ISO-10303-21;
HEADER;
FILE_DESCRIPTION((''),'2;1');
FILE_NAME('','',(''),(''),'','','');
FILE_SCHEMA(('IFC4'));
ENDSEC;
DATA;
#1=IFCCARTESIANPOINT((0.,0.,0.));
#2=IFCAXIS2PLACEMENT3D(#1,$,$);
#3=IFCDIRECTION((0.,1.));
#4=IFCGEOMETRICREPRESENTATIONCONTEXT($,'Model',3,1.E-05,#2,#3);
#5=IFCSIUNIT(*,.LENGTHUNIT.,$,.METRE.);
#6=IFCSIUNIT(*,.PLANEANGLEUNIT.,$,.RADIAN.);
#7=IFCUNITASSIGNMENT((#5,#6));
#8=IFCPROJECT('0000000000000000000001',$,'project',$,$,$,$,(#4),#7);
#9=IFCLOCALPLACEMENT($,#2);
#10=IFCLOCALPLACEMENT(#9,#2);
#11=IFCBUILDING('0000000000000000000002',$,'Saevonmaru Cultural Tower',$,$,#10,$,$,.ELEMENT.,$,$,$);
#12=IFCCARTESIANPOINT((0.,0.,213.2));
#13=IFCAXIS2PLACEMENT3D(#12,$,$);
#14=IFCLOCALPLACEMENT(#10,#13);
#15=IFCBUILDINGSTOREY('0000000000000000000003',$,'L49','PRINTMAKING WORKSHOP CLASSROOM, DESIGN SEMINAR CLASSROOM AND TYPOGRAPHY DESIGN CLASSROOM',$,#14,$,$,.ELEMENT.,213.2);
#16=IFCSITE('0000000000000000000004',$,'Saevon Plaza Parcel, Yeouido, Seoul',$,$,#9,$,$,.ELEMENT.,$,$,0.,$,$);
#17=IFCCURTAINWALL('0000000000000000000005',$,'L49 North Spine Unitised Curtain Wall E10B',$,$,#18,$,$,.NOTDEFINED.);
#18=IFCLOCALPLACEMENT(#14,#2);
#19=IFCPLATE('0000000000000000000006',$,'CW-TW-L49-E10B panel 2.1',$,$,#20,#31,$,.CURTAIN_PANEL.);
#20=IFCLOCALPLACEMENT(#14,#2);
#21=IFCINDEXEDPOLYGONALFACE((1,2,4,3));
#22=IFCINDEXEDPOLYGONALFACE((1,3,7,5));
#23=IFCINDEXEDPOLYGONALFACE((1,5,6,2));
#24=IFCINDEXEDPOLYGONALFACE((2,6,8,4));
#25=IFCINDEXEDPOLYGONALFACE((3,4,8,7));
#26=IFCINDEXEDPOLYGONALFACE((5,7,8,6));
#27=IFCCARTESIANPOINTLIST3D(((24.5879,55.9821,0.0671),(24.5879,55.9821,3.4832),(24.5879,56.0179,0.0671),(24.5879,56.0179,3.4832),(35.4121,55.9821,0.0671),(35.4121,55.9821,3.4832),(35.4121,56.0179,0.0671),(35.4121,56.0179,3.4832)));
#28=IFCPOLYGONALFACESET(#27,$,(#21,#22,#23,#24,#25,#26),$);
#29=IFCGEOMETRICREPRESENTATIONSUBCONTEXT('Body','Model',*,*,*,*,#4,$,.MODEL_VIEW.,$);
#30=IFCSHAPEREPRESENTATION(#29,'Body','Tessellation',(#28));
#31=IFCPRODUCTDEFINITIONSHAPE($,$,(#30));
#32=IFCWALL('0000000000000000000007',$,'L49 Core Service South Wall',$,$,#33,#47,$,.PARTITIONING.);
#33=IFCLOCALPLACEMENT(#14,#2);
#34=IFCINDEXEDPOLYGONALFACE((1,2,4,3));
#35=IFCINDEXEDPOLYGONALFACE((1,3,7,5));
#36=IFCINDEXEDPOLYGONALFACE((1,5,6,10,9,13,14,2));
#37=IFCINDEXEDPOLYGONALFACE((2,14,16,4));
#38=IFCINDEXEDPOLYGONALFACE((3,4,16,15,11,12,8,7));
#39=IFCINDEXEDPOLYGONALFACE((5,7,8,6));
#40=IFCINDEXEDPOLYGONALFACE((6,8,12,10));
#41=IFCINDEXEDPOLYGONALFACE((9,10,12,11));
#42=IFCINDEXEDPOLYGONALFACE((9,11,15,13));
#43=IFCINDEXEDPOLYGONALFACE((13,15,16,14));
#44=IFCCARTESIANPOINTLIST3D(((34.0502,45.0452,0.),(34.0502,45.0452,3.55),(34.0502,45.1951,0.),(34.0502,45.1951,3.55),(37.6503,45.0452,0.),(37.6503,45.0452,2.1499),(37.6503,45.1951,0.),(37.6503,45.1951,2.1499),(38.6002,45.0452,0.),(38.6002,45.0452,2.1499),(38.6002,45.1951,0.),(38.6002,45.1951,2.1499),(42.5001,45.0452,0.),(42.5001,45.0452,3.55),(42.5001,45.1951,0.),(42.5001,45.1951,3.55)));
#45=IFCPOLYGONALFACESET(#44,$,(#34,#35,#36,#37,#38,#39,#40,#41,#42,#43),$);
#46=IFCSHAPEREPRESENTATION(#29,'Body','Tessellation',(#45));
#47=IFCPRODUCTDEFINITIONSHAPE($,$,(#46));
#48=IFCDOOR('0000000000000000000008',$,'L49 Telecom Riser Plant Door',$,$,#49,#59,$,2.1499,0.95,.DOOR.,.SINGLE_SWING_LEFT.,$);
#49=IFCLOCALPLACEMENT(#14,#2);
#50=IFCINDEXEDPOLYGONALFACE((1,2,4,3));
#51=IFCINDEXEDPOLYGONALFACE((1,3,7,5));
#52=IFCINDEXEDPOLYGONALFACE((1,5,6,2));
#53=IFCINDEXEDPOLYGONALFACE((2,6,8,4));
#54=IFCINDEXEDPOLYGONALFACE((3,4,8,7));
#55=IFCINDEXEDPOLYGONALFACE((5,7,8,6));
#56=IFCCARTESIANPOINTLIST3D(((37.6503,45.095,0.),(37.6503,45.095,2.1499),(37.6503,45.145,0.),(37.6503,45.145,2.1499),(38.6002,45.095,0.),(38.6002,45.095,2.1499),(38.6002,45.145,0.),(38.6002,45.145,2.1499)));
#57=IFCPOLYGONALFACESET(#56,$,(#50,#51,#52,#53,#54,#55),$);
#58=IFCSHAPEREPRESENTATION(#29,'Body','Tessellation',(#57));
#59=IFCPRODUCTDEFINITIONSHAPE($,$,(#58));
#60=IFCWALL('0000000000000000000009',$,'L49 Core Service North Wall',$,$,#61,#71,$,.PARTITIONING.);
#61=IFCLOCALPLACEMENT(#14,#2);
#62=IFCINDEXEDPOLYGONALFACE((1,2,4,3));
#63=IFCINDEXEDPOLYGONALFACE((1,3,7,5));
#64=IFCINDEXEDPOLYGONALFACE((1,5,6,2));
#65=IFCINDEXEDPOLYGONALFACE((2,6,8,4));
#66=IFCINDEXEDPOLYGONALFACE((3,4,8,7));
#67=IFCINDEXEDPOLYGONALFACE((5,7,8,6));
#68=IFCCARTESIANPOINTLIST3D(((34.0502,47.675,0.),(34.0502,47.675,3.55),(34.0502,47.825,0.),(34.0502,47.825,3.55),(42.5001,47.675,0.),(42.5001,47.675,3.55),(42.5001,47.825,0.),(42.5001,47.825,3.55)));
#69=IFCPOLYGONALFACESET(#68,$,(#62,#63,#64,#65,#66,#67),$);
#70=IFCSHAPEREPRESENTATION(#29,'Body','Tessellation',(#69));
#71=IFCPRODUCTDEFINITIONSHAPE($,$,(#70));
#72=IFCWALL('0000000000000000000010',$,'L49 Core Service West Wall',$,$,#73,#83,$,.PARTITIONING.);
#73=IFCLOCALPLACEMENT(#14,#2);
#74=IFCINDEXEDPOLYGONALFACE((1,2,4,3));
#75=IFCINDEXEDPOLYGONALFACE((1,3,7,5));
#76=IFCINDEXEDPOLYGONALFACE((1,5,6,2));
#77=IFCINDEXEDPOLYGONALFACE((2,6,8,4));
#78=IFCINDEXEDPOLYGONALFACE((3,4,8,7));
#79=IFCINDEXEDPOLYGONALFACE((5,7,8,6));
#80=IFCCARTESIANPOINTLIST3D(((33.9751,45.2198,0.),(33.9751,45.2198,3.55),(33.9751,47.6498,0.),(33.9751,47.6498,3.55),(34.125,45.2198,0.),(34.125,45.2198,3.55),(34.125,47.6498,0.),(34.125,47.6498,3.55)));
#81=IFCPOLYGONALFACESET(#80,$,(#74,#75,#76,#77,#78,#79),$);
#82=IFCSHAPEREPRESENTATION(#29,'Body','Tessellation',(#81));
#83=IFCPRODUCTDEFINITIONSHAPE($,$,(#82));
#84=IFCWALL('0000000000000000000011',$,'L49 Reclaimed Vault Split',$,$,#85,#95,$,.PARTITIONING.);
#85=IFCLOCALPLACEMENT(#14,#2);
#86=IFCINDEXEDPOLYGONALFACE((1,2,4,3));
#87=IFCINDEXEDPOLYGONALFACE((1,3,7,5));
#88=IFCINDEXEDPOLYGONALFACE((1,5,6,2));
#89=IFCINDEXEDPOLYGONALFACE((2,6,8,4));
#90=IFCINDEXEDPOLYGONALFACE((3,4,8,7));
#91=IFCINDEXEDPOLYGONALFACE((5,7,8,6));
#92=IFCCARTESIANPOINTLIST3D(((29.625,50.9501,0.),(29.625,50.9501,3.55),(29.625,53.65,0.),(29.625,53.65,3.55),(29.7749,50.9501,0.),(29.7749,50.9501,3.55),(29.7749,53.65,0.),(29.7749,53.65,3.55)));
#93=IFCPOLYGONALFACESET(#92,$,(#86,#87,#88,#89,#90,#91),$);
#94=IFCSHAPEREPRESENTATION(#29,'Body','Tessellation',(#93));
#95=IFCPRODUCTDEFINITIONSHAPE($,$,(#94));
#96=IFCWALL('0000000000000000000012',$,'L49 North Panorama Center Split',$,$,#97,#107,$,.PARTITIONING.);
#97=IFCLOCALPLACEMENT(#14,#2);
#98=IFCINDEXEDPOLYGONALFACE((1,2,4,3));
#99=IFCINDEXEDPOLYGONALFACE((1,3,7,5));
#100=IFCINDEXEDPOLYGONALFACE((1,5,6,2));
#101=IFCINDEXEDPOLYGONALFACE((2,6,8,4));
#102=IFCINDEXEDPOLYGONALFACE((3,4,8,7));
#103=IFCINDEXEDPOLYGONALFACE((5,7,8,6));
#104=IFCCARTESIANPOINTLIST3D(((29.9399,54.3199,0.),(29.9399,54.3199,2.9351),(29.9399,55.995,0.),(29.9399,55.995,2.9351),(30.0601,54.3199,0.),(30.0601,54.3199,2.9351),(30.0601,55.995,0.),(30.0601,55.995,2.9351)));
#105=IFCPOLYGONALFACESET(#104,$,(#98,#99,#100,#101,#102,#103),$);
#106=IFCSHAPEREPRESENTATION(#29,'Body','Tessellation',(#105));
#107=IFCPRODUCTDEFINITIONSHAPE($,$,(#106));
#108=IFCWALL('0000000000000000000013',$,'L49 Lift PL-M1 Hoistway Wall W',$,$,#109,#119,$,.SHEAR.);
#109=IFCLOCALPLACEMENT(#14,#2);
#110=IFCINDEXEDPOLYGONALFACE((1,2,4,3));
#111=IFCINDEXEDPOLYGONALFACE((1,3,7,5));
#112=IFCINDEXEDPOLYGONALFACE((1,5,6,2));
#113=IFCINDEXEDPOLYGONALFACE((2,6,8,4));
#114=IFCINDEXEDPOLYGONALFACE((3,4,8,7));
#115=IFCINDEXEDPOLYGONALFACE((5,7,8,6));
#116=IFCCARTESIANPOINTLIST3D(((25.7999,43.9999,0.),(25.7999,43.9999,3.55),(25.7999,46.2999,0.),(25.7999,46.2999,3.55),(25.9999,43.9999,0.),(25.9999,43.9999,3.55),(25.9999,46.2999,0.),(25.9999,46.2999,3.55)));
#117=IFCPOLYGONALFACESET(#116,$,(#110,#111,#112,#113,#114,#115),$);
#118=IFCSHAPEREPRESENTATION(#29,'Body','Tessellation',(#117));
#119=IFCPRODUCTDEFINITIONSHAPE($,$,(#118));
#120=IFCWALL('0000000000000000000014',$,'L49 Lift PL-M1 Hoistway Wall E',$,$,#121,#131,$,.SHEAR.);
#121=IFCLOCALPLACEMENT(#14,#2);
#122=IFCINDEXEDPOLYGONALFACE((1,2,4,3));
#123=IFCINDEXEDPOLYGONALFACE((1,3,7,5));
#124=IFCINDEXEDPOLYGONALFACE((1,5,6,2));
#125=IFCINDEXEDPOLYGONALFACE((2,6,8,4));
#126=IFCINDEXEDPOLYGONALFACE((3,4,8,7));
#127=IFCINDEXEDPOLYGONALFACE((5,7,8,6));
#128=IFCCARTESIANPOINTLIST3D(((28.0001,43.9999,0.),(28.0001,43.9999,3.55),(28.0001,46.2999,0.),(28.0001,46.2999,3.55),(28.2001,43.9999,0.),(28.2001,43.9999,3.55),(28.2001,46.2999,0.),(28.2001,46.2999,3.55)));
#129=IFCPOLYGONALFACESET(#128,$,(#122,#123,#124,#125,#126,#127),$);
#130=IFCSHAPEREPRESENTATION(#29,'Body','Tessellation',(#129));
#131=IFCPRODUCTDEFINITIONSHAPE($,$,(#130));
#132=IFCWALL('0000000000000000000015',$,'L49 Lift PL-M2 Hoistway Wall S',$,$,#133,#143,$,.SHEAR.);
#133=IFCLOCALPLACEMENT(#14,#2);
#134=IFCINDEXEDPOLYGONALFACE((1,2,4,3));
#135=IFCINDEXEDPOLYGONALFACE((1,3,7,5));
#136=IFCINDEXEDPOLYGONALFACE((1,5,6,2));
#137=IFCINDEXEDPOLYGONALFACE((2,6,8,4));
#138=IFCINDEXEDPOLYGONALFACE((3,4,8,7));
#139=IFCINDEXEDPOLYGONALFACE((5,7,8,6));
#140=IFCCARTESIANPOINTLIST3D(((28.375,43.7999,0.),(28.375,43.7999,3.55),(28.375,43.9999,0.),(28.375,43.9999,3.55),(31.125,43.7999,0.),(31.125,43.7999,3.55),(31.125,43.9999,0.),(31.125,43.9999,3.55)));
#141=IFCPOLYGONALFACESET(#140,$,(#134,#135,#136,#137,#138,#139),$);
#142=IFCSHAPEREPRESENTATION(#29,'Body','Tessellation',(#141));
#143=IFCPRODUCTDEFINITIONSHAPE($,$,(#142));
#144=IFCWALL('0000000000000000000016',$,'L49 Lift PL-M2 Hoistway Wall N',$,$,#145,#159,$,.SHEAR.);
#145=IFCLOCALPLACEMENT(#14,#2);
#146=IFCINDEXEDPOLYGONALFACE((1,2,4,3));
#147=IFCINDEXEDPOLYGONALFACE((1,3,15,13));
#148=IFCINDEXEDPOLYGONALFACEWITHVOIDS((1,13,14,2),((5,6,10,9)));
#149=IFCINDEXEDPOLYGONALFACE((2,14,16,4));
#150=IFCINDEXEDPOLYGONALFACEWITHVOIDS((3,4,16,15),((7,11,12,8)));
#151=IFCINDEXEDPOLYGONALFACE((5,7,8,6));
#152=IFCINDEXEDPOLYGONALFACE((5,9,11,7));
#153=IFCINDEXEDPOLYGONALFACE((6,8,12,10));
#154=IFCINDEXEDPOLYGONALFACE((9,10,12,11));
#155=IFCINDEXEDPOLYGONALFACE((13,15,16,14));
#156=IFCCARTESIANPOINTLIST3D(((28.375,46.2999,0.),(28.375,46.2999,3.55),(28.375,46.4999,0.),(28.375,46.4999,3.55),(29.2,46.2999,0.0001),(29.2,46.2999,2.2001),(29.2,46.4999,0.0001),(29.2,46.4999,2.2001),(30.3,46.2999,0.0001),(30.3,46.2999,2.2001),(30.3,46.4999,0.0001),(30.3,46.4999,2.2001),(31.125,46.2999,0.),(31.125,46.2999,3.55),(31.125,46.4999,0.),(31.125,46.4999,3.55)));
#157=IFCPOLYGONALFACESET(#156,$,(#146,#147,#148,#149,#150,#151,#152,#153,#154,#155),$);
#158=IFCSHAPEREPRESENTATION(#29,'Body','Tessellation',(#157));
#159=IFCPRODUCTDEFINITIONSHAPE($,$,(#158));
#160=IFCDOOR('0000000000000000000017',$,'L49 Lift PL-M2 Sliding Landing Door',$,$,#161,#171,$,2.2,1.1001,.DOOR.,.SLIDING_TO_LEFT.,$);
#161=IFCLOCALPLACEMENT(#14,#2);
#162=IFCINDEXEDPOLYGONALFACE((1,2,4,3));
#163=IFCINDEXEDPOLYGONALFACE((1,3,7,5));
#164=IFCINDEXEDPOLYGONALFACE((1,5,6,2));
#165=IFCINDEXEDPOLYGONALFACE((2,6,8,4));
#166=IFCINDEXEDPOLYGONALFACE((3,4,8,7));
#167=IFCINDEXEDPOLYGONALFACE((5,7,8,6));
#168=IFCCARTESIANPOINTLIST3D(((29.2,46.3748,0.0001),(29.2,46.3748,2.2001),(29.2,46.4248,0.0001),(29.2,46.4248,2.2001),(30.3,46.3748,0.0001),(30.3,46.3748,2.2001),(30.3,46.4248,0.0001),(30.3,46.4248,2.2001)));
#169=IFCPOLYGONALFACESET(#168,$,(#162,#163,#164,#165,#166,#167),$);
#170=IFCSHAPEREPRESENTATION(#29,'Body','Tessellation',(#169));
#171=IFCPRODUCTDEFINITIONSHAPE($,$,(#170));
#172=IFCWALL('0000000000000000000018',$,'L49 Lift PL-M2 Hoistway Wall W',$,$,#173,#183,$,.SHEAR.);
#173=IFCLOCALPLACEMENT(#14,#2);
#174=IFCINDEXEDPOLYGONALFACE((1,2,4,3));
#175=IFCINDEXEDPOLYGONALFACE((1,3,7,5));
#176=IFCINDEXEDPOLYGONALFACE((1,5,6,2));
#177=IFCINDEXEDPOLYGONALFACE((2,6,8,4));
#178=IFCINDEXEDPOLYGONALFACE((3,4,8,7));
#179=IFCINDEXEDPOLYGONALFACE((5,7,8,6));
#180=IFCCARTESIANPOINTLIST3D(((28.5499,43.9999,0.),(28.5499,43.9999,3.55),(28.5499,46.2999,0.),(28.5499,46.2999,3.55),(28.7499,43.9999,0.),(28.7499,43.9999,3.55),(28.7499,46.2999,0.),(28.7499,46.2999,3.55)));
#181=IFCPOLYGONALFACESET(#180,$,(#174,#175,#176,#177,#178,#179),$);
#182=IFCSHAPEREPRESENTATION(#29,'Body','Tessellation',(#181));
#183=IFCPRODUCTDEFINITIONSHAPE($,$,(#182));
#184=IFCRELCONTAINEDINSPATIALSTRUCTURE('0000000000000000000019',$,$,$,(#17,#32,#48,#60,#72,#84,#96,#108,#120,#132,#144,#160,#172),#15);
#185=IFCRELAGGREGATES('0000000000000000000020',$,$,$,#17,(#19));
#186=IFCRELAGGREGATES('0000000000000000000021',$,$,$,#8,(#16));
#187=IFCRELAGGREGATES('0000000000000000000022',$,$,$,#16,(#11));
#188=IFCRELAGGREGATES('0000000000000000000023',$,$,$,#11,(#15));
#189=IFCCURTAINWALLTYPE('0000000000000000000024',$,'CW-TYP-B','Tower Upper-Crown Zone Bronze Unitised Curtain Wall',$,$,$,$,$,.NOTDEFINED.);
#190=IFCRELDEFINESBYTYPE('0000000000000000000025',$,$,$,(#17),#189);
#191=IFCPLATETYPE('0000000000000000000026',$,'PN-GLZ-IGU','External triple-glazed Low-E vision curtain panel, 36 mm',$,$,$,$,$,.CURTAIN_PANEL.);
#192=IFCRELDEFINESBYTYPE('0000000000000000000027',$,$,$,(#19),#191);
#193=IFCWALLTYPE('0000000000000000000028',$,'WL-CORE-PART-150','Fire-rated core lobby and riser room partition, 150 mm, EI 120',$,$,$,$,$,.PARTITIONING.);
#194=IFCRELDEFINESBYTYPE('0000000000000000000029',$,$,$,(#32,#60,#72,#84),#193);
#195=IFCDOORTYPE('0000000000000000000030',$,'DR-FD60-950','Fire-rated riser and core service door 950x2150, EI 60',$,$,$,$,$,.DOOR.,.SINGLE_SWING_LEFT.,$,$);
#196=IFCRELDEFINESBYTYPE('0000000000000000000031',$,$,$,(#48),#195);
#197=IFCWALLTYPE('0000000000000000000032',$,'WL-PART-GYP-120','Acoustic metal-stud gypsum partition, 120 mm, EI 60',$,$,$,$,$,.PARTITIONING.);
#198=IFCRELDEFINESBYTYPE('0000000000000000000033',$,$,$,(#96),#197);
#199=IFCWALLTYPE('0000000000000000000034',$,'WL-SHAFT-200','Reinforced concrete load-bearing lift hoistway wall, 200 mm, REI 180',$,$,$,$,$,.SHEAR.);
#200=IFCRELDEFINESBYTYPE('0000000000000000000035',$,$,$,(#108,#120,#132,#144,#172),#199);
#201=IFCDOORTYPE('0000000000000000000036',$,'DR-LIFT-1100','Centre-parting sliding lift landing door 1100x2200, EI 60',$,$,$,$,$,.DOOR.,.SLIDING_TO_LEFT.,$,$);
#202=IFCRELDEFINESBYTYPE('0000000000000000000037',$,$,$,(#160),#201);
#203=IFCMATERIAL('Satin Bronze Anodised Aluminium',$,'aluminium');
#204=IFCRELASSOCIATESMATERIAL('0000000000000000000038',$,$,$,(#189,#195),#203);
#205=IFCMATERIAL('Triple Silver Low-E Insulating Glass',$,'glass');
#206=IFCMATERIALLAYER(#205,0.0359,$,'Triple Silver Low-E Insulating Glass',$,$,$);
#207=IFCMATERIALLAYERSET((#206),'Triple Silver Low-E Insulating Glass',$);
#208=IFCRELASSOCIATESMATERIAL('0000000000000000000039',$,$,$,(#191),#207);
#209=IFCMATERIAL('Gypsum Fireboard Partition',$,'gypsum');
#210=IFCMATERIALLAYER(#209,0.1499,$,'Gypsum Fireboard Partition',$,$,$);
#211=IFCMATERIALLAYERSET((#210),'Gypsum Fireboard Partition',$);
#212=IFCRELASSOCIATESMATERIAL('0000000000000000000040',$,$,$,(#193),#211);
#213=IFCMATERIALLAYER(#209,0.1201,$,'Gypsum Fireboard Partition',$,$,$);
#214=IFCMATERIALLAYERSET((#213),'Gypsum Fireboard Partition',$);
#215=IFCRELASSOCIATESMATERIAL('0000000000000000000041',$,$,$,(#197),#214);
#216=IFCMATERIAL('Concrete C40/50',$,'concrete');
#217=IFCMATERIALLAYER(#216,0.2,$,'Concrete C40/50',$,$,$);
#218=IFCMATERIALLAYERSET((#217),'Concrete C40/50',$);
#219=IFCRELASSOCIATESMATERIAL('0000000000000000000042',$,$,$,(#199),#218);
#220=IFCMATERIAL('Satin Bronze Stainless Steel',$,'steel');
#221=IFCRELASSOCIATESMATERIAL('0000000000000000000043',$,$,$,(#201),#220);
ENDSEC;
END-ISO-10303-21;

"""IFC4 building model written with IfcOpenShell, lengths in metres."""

from ifc_helpers import new_model, si_unit, direction, frame, frame_2d, origin, origin_2d, place, context, subcontext, project, spatial, rectangle, extrude, material, layer, layer_set, type_object, element, fill, aggregate, save


model = new_model("IFC4")

# Units and contexts
model_context = context("Model", 3, precision=1e-05, world=origin(), true_north=direction((0.0, 1.0)))
body_context = subcontext(model_context, "Body", "Model", "MODEL_VIEW")
ifc_project = project(units=[si_unit("LENGTHUNIT", "METRE"), si_unit("PLANEANGLEUNIT", "RADIAN")], contexts=[model_context])

# Site, building, storey
site_placement = place(None, origin())
site = spatial("IfcSite", under=ifc_project, at=site_placement, Name="Saevon Plaza Parcel, Yeouido, Seoul", CompositionType="ELEMENT", RefElevation=0.0)
building_placement = place(site_placement, origin())
building = spatial("IfcBuilding", under=site, at=building_placement, Name="Saevonmaru Cultural Tower", CompositionType="ELEMENT")
storey_placement = place(building_placement, frame((0.0, 0.0, 213.2)))
storey = spatial("IfcBuildingStorey", under=building, at=storey_placement, Name="L49", Description="PRINTMAKING WORKSHOP CLASSROOM, DESIGN SEMINAR CLASSROOM AND TYPOGRAPHY DESIGN CLASSROOM", CompositionType="ELEMENT", Elevation=213.2)

# Curtain wall, plate
ifc_material_1 = material(Name="Satin Bronze Anodised Aluminium", Category="aluminium")
curtain_wall_type = type_object("IfcCurtainWallType", Name="CW-TYP-B", Description="Tower Upper-Crown Zone Bronze Unitised Curtain Wall", PredefinedType="NOTDEFINED", material=ifc_material_1)
curtain_wall_placement = place(storey_placement, origin())
curtain_wall = element("IfcCurtainWall", 1, at=curtain_wall_placement, inside=storey, type_object=curtain_wall_type, Name="L49 North Spine Unitised Curtain Wall E10B", PredefinedType="NOTDEFINED")
ifc_material_2 = material(Name="Triple Silver Low-E Insulating Glass", Category="glass")
ifc_layer_1 = layer(ifc_material_2, 0.0359, Name="Triple Silver Low-E Insulating Glass")
ifc_layer_set_1 = layer_set([ifc_layer_1], Name="Triple Silver Low-E Insulating Glass")
plate_type = type_object("IfcPlateType", Name="PN-GLZ-IGU", Description="External triple-glazed Low-E vision curtain panel, 36 mm", PredefinedType="CURTAIN_PANEL", material=ifc_layer_set_1)
plate_placement = place(storey_placement, frame((30.0, 56.0, 0.0671), z_axis=(0.0, 0.0, 1.0), x_axis=(-1.0, 0.0, 0.0)))
plate = element("IfcPlate", 2, at=plate_placement, type_object=plate_type, Name="CW-TW-L49-E10B panel 2.1", PredefinedType="CURTAIN_PANEL", context=body_context, shape_type="SweptSolid", body=[
    extrude(rectangle(XDim=10.8242, YDim=0.0359, at=origin_2d()), origin(), (0.0, 0.0, 1.0), 3.416),
])
aggregate(curtain_wall, [plate])

# Wall, opening, door
ifc_material_3 = material(Name="Gypsum Fireboard Partition", Category="gypsum")
ifc_layer_2 = layer(ifc_material_3, 0.1499, Name="Gypsum Fireboard Partition")
ifc_layer_set_2 = layer_set([ifc_layer_2], Name="Gypsum Fireboard Partition")
wall_type_1 = type_object("IfcWallType", Name="WL-CORE-PART-150", Description="Fire-rated core lobby and riser room partition, 150 mm, EI 120", PredefinedType="PARTITIONING", material=ifc_layer_set_2)
wall_1_placement = place(storey_placement, frame((34.05, 45.1201, 0.0), z_axis=(0.0, 0.0, 1.0), x_axis=(1.0, 0.0, 0.0)))
wall_1 = element("IfcWall", 3, at=wall_1_placement, inside=storey, type_object=wall_type_1, Name="L49 Core Service South Wall", PredefinedType="PARTITIONING", context=body_context, shape_type="SweptSolid", body=[
    extrude(rectangle(XDim=8.45, YDim=0.1499, at=frame_2d((4.2251, 0.0))), origin(), (0.0, 0.0, 1.0), 3.55),
])
opening_1_placement = place(wall_1_placement, frame((3.6001, 0.0, 0.0)))
opening_1 = element("IfcOpeningElement", 4, at=opening_1_placement, cuts=wall_1, PredefinedType="OPENING", context=body_context, shape_type="SweptSolid", body=[
    extrude(rectangle(XDim=0.95, YDim=2.1499, at=frame_2d((0.4751, 1.075))), frame((0.0, 0.085, 0.0), z_axis=(0.0, -1.0, 0.0), x_axis=(1.0, 0.0, 0.0)), (0.0, 0.0, 1.0), 0.1699),
])
door_type_1 = type_object("IfcDoorType", Name="DR-FD60-950", Description="Fire-rated riser and core service door 950x2150, EI 60", OperationType="SINGLE_SWING_LEFT", PredefinedType="DOOR", material=ifc_material_1)
door_1_placement = place(opening_1_placement, origin())
door_1 = element("IfcDoor", 5, at=door_1_placement, inside=storey, type_object=door_type_1, Name="L49 Telecom Riser Plant Door", OperationType="SINGLE_SWING_LEFT", OverallHeight=2.1499, OverallWidth=0.95, PredefinedType="DOOR", context=body_context, shape_type="SweptSolid", body=[
    extrude(rectangle(XDim=0.95, YDim=2.1499, at=frame_2d((0.4751, 1.075))), frame((0.0, 0.0249, 0.0), z_axis=(0.0, -1.0, 0.0), x_axis=(1.0, 0.0, 0.0)), (0.0, 0.0, 1.0), 0.05),
])
fill(opening_1, door_1)

# Walls
wall_2_placement = place(storey_placement, frame((34.05, 47.75, 0.0), z_axis=(0.0, 0.0, 1.0), x_axis=(1.0, 0.0, 0.0)))
element("IfcWall", 6, at=wall_2_placement, inside=storey, type_object=wall_type_1, Name="L49 Core Service North Wall", PredefinedType="PARTITIONING", context=body_context, shape_type="SweptSolid", body=[
    extrude(rectangle(XDim=8.45, YDim=0.1499, at=frame_2d((4.2251, 0.0))), origin(), (0.0, 0.0, 1.0), 3.55),
])
wall_3_placement = place(storey_placement, frame((34.05, 45.22, 0.0), z_axis=(0.0, 0.0, 1.0), x_axis=(0.0, 1.0, 0.0)))
element("IfcWall", 7, at=wall_3_placement, inside=storey, type_object=wall_type_1, Name="L49 Core Service West Wall", PredefinedType="PARTITIONING", context=body_context, shape_type="SweptSolid", body=[
    extrude(rectangle(XDim=2.4299, YDim=0.1499, at=frame_2d((1.2148, 0.0))), origin(), (0.0, 0.0, 1.0), 3.55),
])

# Walls
wall_4_placement = place(storey_placement, frame((29.7, 50.95, 0.0), z_axis=(0.0, 0.0, 1.0), x_axis=(0.0, 1.0, 0.0)))
element("IfcWall", 8, at=wall_4_placement, inside=storey, type_object=wall_type_1, Name="L49 Reclaimed Vault Split", PredefinedType="PARTITIONING", context=body_context, shape_type="SweptSolid", body=[
    extrude(rectangle(XDim=2.7, YDim=0.1499, at=frame_2d((1.3501, 0.0))), origin(), (0.0, 0.0, 1.0), 3.55),
])
ifc_layer_3 = layer(ifc_material_3, 0.1201, Name="Gypsum Fireboard Partition")
ifc_layer_set_3 = layer_set([ifc_layer_3], Name="Gypsum Fireboard Partition")
wall_type_2 = type_object("IfcWallType", Name="WL-PART-GYP-120", Description="Acoustic metal-stud gypsum partition, 120 mm, EI 60", PredefinedType="PARTITIONING", material=ifc_layer_set_3)
wall_5_placement = place(storey_placement, frame((30.0, 54.3201, 0.0), z_axis=(0.0, 0.0, 1.0), x_axis=(0.0, 1.0, 0.0)))
element("IfcWall", 9, at=wall_5_placement, inside=storey, type_object=wall_type_2, Name="L49 North Panorama Center Split", PredefinedType="PARTITIONING", context=body_context, shape_type="SweptSolid", body=[
    extrude(rectangle(XDim=1.675, YDim=0.1201, at=frame_2d((0.8374, 0.0))), origin(), (0.0, 0.0, 1.0), 2.9351),
])
ifc_material_4 = material(Name="Concrete C40/50", Category="concrete")
ifc_layer_4 = layer(ifc_material_4, 0.2, Name="Concrete C40/50")
ifc_layer_set_4 = layer_set([ifc_layer_4], Name="Concrete C40/50")
wall_type_3 = type_object("IfcWallType", Name="WL-SHAFT-200", Description="Reinforced concrete load-bearing lift hoistway wall, 200 mm, REI 180", PredefinedType="SHEAR", material=ifc_layer_set_4)
for number, where, z_axis, x_axis, name in (
    (10, (25.8999, 44.0, 0.0), (0.0, 0.0, 1.0), (0.0, 1.0, 0.0), "L49 Lift PL-M1 Hoistway Wall W"),
    (11, (28.1001, 44.0, 0.0), (0.0, 0.0, 1.0), (0.0, 1.0, 0.0), "L49 Lift PL-M1 Hoistway Wall E"),
):
    element("IfcWall", number, at=place(storey_placement, frame(where, z_axis=z_axis, x_axis=x_axis)), inside=storey, type_object=wall_type_3, Name=name, PredefinedType="SHEAR", context=body_context, shape_type="SweptSolid", body=[
        extrude(rectangle(XDim=2.3, YDim=0.2, at=frame_2d((1.1499, 0.0))), origin(), (0.0, 0.0, 1.0), 3.55),
    ])
wall_6_placement = place(storey_placement, frame((28.375, 43.8999, 0.0), z_axis=(0.0, 0.0, 1.0), x_axis=(1.0, 0.0, 0.0)))
element("IfcWall", 12, at=wall_6_placement, inside=storey, type_object=wall_type_3, Name="L49 Lift PL-M2 Hoistway Wall S", PredefinedType="SHEAR", context=body_context, shape_type="SweptSolid", body=[
    extrude(rectangle(XDim=2.75, YDim=0.2, at=frame_2d((1.375, 0.0))), origin(), (0.0, 0.0, 1.0), 3.55),
])

# Wall, opening, door
wall_7_placement = place(storey_placement, frame((28.375, 46.3999, 0.0), z_axis=(0.0, 0.0, 1.0), x_axis=(1.0, 0.0, 0.0)))
wall_7 = element("IfcWall", 13, at=wall_7_placement, inside=storey, type_object=wall_type_3, Name="L49 Lift PL-M2 Hoistway Wall N", PredefinedType="SHEAR", context=body_context, shape_type="SweptSolid", body=[
    extrude(rectangle(XDim=2.75, YDim=0.2, at=frame_2d((1.375, 0.0))), origin(), (0.0, 0.0, 1.0), 3.55),
])
opening_2_placement = place(wall_7_placement, frame((0.825, 0.0, 0.0)))
opening_2 = element("IfcOpeningElement", 14, at=opening_2_placement, cuts=wall_7, PredefinedType="OPENING", context=body_context, shape_type="SweptSolid", body=[
    extrude(rectangle(XDim=1.1001, YDim=2.2, at=frame_2d((0.55, 1.1001))), frame((0.0, 0.1099, 0.0), z_axis=(0.0, -1.0, 0.0), x_axis=(1.0, 0.0, 0.0)), (0.0, 0.0, 1.0), 0.22),
])
ifc_material_5 = material(Name="Satin Bronze Stainless Steel", Category="steel")
door_type_2 = type_object("IfcDoorType", Name="DR-LIFT-1100", Description="Centre-parting sliding lift landing door 1100x2200, EI 60", OperationType="SLIDING_TO_LEFT", PredefinedType="DOOR", material=ifc_material_5)
door_2_placement = place(opening_2_placement, origin())
door_2 = element("IfcDoor", 15, at=door_2_placement, inside=storey, type_object=door_type_2, Name="L49 Lift PL-M2 Sliding Landing Door", OperationType="SLIDING_TO_LEFT", OverallHeight=2.2, OverallWidth=1.1001, PredefinedType="DOOR", context=body_context, shape_type="SweptSolid", body=[
    extrude(rectangle(XDim=1.1001, YDim=2.2, at=frame_2d((0.55, 1.1001))), frame((0.0, 0.0249, 0.0), z_axis=(0.0, -1.0, 0.0), x_axis=(1.0, 0.0, 0.0)), (0.0, 0.0, 1.0), 0.05),
])
fill(opening_2, door_2)

# Wall
for number, where, z_axis, x_axis, name in (
    (16, (28.6499, 44.0, 0.0), (0.0, 0.0, 1.0), (0.0, 1.0, 0.0), "L49 Lift PL-M2 Hoistway Wall W"),
):
    element("IfcWall", number, at=place(storey_placement, frame(where, z_axis=z_axis, x_axis=x_axis)), inside=storey, type_object=wall_type_3, Name=name, PredefinedType="SHEAR", context=body_context, shape_type="SweptSolid", body=[
        extrude(rectangle(XDim=2.3, YDim=0.2, at=frame_2d((1.1499, 0.0))), origin(), (0.0, 0.0, 1.0), 3.55),
    ])

save(model, "model.ifc")
